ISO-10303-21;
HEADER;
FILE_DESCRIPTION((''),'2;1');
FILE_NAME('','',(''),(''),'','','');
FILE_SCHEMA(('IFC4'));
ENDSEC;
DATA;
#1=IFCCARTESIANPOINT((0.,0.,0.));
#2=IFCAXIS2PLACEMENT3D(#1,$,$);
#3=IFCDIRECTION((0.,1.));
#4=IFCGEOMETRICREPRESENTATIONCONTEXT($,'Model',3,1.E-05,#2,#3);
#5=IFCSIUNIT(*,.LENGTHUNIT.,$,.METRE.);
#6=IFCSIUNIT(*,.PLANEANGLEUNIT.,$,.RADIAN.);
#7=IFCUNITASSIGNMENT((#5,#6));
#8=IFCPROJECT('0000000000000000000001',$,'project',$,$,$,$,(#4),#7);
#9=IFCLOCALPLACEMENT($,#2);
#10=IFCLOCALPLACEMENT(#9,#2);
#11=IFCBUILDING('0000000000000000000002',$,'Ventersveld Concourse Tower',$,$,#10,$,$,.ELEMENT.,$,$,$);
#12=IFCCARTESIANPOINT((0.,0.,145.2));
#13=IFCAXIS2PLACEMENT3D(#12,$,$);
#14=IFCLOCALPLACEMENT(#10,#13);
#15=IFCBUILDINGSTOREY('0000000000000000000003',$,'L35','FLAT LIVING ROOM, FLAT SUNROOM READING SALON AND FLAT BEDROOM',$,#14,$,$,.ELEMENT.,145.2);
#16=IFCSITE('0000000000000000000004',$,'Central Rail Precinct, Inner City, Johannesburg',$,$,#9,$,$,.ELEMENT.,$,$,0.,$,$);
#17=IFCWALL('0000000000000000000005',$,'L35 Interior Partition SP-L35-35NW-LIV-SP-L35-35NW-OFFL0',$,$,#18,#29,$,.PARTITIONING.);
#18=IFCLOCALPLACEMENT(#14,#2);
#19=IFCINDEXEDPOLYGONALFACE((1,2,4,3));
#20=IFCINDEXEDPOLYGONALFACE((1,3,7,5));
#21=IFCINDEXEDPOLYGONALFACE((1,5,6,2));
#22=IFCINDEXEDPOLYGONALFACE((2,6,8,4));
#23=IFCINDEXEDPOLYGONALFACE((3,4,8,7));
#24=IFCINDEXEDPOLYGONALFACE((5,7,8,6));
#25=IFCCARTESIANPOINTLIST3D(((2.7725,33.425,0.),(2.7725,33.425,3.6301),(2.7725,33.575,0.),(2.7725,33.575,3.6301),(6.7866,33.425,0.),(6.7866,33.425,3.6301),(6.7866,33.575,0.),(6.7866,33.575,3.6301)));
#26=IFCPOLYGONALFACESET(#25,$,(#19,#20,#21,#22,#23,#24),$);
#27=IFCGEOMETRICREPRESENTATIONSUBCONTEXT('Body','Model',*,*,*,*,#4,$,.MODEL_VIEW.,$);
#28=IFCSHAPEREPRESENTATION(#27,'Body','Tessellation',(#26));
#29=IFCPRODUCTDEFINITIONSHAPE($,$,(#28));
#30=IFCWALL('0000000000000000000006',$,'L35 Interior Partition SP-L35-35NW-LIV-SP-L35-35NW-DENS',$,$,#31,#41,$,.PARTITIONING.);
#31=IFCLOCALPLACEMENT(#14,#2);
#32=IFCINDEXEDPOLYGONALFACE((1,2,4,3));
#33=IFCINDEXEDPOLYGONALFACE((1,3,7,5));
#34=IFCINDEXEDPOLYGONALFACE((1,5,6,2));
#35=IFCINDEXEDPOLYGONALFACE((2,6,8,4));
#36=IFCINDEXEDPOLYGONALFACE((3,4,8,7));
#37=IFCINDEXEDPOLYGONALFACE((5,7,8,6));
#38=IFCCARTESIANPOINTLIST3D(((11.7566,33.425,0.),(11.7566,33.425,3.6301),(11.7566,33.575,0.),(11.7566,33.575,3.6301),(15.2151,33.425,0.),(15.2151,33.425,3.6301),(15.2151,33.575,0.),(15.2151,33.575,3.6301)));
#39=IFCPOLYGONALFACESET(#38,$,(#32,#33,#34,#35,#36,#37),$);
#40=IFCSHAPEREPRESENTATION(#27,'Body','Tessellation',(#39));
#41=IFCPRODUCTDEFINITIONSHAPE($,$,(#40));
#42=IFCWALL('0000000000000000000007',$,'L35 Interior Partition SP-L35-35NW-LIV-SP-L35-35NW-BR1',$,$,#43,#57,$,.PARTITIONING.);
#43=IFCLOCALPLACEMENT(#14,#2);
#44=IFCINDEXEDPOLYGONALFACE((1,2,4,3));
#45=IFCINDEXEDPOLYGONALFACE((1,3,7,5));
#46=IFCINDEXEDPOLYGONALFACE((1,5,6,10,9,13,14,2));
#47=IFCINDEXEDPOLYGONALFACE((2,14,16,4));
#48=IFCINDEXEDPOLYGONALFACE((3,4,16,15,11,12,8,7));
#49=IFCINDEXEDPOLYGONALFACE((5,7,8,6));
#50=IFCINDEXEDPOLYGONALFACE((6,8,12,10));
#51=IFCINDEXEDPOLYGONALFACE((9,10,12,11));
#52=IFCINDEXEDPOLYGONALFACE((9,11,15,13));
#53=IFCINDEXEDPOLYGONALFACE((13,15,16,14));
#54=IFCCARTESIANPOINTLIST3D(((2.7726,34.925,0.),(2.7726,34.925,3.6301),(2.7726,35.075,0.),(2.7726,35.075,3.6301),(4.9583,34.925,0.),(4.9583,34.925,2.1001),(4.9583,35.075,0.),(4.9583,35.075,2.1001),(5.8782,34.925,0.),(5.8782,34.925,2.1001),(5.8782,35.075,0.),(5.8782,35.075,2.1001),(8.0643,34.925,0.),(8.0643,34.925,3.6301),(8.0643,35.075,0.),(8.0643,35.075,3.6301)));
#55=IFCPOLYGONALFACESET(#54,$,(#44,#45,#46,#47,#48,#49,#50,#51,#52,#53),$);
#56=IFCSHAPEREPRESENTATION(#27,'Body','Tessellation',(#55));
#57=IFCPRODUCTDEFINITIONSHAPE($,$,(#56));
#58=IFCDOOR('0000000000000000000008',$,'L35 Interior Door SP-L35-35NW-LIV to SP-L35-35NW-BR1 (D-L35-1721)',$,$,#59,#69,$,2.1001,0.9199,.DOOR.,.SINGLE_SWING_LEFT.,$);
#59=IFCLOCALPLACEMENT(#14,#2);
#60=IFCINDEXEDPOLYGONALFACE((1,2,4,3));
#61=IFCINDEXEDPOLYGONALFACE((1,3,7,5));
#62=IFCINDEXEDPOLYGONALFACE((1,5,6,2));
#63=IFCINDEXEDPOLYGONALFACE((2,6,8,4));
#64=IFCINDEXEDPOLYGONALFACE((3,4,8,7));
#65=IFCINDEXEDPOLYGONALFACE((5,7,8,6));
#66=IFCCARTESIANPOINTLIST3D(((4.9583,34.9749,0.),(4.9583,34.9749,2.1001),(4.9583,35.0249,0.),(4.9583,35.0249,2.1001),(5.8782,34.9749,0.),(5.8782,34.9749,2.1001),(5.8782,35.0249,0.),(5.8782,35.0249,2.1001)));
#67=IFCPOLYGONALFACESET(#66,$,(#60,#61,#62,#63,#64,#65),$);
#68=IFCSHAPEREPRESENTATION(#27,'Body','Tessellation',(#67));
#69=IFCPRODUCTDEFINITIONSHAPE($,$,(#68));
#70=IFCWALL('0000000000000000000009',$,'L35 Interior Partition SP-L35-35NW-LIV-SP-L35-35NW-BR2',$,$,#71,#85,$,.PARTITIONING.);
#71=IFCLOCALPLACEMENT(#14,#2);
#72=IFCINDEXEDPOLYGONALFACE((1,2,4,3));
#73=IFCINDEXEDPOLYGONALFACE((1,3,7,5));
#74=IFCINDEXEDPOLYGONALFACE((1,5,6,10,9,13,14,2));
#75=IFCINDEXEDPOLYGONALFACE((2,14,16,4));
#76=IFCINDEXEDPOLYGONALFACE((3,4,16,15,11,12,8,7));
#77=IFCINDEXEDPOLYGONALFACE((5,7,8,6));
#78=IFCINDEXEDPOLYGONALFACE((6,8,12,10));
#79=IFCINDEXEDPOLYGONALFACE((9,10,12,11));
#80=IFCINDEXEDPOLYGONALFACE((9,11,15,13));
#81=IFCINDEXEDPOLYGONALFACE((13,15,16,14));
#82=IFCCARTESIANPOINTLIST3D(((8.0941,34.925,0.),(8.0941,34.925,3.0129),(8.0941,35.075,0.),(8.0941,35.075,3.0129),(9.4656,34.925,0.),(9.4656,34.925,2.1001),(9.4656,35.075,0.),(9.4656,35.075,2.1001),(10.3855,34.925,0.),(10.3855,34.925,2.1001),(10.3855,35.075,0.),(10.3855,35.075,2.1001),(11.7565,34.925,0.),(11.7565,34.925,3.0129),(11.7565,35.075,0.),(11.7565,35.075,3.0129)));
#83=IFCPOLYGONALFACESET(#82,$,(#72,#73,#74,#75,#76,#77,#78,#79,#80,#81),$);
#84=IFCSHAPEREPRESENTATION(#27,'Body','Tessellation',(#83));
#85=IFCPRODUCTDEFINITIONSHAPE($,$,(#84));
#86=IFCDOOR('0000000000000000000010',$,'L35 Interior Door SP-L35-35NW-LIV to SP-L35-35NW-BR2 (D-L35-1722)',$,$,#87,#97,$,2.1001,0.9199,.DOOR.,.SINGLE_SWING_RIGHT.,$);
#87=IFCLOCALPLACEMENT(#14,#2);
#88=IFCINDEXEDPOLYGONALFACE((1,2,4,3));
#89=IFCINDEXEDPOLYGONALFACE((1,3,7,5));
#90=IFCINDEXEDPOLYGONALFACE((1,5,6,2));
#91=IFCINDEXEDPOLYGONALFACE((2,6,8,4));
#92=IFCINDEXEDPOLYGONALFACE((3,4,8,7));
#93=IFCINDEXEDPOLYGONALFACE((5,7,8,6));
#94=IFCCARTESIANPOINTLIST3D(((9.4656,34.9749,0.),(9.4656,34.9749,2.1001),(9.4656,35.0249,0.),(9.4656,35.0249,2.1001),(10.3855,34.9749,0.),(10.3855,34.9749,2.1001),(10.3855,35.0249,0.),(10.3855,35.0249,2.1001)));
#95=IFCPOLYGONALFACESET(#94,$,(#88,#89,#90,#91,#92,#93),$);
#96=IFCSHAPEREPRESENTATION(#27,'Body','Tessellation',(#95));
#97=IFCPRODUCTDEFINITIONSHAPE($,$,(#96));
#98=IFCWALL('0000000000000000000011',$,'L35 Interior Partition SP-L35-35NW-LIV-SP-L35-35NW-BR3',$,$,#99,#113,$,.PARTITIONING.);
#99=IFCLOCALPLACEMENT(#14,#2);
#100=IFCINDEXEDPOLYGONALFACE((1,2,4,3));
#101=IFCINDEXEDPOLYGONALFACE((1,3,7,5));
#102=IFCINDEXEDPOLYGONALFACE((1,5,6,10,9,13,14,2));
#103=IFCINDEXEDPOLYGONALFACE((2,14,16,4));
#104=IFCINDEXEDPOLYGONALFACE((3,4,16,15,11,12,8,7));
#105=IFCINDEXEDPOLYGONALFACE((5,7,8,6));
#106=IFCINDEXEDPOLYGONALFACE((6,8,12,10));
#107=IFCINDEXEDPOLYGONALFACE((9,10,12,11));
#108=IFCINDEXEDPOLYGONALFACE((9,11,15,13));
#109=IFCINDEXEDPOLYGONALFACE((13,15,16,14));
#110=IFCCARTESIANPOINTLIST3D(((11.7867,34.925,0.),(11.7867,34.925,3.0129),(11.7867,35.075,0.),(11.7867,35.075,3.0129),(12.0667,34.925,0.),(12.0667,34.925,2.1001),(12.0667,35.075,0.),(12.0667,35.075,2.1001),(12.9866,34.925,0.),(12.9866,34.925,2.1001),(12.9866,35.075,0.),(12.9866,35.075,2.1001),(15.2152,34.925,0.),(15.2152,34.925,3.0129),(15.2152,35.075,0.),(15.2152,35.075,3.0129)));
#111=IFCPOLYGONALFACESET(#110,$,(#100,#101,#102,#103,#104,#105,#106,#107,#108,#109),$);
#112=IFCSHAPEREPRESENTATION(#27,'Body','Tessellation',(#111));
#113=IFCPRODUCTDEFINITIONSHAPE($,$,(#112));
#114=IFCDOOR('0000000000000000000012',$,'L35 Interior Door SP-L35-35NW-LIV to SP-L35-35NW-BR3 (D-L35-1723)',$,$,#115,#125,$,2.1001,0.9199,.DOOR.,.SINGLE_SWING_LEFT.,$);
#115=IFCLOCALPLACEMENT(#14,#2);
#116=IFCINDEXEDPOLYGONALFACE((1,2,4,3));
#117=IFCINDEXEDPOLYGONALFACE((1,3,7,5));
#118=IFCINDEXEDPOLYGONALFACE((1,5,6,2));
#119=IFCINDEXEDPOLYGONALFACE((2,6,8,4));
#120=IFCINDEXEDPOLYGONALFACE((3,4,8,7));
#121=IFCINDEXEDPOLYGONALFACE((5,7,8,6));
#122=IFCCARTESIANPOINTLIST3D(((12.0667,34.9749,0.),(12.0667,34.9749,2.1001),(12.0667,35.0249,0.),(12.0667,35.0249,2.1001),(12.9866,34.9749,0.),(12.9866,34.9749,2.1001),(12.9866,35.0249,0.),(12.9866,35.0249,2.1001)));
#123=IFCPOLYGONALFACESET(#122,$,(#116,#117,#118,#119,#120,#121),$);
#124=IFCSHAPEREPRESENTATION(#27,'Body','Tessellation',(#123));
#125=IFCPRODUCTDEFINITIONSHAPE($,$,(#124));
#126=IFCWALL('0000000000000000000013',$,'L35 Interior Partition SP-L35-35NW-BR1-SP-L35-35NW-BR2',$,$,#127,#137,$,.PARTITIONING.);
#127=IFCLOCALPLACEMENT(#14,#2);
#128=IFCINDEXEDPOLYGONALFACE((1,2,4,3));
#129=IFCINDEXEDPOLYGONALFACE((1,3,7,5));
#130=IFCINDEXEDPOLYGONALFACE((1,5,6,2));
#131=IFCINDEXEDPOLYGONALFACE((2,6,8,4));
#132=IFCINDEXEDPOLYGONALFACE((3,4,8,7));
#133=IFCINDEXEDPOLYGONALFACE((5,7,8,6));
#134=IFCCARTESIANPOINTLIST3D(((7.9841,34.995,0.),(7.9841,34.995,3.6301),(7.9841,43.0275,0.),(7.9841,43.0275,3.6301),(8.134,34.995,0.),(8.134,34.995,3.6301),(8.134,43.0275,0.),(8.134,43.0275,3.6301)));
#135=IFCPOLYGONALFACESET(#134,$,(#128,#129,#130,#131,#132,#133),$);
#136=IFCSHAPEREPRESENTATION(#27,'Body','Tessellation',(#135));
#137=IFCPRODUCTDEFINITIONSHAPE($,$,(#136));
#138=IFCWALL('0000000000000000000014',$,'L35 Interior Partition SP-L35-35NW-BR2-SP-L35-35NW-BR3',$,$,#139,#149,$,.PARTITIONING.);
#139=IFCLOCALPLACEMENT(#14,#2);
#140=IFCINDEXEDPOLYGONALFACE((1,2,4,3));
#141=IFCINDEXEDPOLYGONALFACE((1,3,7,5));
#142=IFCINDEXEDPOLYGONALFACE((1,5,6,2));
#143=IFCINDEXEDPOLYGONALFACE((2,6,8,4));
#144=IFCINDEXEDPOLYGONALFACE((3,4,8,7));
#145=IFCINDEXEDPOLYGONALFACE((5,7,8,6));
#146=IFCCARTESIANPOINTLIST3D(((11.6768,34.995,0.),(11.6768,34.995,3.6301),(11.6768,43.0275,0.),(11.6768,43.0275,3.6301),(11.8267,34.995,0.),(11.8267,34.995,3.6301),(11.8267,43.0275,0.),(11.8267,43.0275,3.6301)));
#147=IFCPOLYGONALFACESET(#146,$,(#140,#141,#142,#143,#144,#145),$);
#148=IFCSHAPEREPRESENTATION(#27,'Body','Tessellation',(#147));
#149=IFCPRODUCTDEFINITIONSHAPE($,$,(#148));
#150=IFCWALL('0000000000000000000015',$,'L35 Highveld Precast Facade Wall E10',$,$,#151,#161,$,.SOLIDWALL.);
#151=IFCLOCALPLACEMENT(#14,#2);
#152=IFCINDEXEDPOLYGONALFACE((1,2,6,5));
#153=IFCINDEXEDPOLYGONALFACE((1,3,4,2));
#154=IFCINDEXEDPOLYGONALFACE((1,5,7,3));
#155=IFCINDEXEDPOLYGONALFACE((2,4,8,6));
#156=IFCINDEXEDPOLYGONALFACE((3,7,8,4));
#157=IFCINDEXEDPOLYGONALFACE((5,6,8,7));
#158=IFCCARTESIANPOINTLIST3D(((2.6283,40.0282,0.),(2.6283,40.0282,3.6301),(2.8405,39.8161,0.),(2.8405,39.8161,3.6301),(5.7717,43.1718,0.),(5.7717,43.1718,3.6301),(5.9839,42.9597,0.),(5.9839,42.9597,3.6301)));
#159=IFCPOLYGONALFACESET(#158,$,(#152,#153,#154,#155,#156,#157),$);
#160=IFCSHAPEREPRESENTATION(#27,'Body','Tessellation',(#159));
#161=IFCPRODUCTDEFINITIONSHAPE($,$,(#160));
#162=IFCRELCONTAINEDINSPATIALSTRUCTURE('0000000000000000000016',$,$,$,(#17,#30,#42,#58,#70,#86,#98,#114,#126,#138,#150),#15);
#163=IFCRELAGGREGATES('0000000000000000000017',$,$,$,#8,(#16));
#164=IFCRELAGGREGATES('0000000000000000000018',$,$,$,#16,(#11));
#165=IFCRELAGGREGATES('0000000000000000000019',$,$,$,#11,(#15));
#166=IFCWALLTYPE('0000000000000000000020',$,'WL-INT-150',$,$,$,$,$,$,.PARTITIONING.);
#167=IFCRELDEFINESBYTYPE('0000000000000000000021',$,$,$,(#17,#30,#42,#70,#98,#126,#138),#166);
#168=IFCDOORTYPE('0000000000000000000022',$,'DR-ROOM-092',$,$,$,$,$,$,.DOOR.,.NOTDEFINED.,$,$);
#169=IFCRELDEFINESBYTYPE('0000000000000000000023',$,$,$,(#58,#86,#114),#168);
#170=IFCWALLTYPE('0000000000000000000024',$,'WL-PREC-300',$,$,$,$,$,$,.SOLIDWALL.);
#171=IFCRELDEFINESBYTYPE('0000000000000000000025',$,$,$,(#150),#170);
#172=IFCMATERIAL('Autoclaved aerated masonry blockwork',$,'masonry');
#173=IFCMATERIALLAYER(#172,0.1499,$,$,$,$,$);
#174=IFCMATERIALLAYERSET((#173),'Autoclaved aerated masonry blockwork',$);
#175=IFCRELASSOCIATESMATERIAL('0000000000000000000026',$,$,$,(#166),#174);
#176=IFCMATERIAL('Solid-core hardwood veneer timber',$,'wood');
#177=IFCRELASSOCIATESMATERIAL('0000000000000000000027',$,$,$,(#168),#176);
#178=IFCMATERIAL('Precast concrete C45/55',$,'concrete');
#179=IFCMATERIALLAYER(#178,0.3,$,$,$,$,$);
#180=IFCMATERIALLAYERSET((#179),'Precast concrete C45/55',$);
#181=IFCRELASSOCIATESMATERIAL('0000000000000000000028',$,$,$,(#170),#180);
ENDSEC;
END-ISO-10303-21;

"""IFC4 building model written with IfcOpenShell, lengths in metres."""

from ifc_helpers import new_model, si_unit, direction, frame, frame_2d, origin, place, context, subcontext, project, spatial, rectangle, extrude, material, layer, layer_set, type_object, element, fill, save


model = new_model("IFC4")

# Units and contexts
model_context = context("Model", 3, precision=1e-05, world=origin(), true_north=direction((0.0, 1.0)))
body_context = subcontext(model_context, "Body", "Model", "MODEL_VIEW")
ifc_project = project(units=[si_unit("LENGTHUNIT", "METRE"), si_unit("PLANEANGLEUNIT", "RADIAN")], contexts=[model_context])

# Site, building, storey
site_placement = place(None, origin())
site = spatial("IfcSite", under=ifc_project, at=site_placement, Name="Central Rail Precinct, Inner City, Johannesburg", CompositionType="ELEMENT", RefElevation=0.0)
building_placement = place(site_placement, origin())
building = spatial("IfcBuilding", under=site, at=building_placement, Name="Ventersveld Concourse Tower", CompositionType="ELEMENT")
storey_placement = place(building_placement, frame((0.0, 0.0, 145.2)))
storey = spatial("IfcBuildingStorey", under=building, at=storey_placement, Name="L35", Description="FLAT LIVING ROOM, FLAT SUNROOM READING SALON AND FLAT BEDROOM", CompositionType="ELEMENT", Elevation=145.2)

# Walls
ifc_material_1 = material(Name="Autoclaved aerated masonry blockwork", Category="masonry")
ifc_layer_1 = layer(ifc_material_1, 0.1499)
ifc_layer_set_1 = layer_set([ifc_layer_1], Name="Autoclaved aerated masonry blockwork")
wall_type_1 = type_object("IfcWallType", Name="WL-INT-150", PredefinedType="PARTITIONING", material=ifc_layer_set_1)
wall_1_placement = place(storey_placement, frame((2.7725, 33.5, 0.0), z_axis=(0.0, 0.0, 1.0), x_axis=(1.0, 0.0, 0.0)))
element("IfcWall", 1, at=wall_1_placement, inside=storey, type_object=wall_type_1, Name="L35 Interior Partition SP-L35-35NW-LIV-SP-L35-35NW-OFFL0", PredefinedType="PARTITIONING", context=body_context, shape_type="SweptSolid", body=[
    extrude(rectangle(XDim=4.0142, YDim=0.1499, at=frame_2d((2.0071, 0.0))), origin(), (0.0, 0.0, 1.0), 3.6301),
])
wall_2_placement = place(storey_placement, frame((11.7566, 33.5, 0.0), z_axis=(0.0, 0.0, 1.0), x_axis=(1.0, 0.0, 0.0)))
element("IfcWall", 2, at=wall_2_placement, inside=storey, type_object=wall_type_1, Name="L35 Interior Partition SP-L35-35NW-LIV-SP-L35-35NW-DENS", PredefinedType="PARTITIONING", context=body_context, shape_type="SweptSolid", body=[
    extrude(rectangle(XDim=3.4585, YDim=0.1499, at=frame_2d((1.7292, 0.0))), origin(), (0.0, 0.0, 1.0), 3.6301),
])

# Walls, openings, doors
wall_3_placement = place(storey_placement, frame((2.7725, 35.0, 0.0), z_axis=(0.0, 0.0, 1.0), x_axis=(1.0, 0.0, 0.0)))
wall_3 = element("IfcWall", 3, at=wall_3_placement, inside=storey, type_object=wall_type_1, Name="L35 Interior Partition SP-L35-35NW-LIV-SP-L35-35NW-BR1", PredefinedType="PARTITIONING", context=body_context, shape_type="SweptSolid", body=[
    extrude(rectangle(XDim=5.2917, YDim=0.1499, at=frame_2d((2.646, 0.0))), origin(), (0.0, 0.0, 1.0), 3.6301),
])
opening_1_placement = place(wall_3_placement, frame((2.1858, 0.0, 0.0)))
opening_1 = element("IfcOpeningElement", 4, at=opening_1_placement, cuts=wall_3, PredefinedType="OPENING", context=body_context, shape_type="SweptSolid", body=[
    extrude(rectangle(XDim=0.9199, YDim=2.1001, at=frame_2d((0.46, 1.05))), frame((0.0, 0.085, 0.0), z_axis=(0.0, -1.0, 0.0), x_axis=(1.0, 0.0, 0.0)), (0.0, 0.0, 1.0), 0.1699),
])
ifc_material_2 = material(Name="Solid-core hardwood veneer timber", Category="wood")
door_type = type_object("IfcDoorType", Name="DR-ROOM-092", OperationType="NOTDEFINED", PredefinedType="DOOR", material=ifc_material_2)
door_1_placement = place(opening_1_placement, origin())
door_1 = element("IfcDoor", 5, at=door_1_placement, inside=storey, type_object=door_type, Name="L35 Interior Door SP-L35-35NW-LIV to SP-L35-35NW-BR1 (D-L35-1721)", OperationType="SINGLE_SWING_LEFT", OverallHeight=2.1001, OverallWidth=0.9199, PredefinedType="DOOR", context=body_context, shape_type="SweptSolid", body=[
    extrude(rectangle(XDim=0.9199, YDim=2.1001, at=frame_2d((0.46, 1.05))), frame((0.0, 0.0249, 0.0), z_axis=(0.0, -1.0, 0.0), x_axis=(1.0, 0.0, 0.0)), (0.0, 0.0, 1.0), 0.05),
])
fill(opening_1, door_1)
wall_4_placement = place(storey_placement, frame((8.0942, 35.0, 0.0), z_axis=(0.0, 0.0, 1.0), x_axis=(1.0, 0.0, 0.0)))
wall_4 = element("IfcWall", 6, at=wall_4_placement, inside=storey, type_object=wall_type_1, Name="L35 Interior Partition SP-L35-35NW-LIV-SP-L35-35NW-BR2", PredefinedType="PARTITIONING", context=body_context, shape_type="SweptSolid", body=[
    extrude(rectangle(XDim=3.6624, YDim=0.1499, at=frame_2d((1.8311, 0.0))), origin(), (0.0, 0.0, 1.0), 3.0129),
])
opening_2_placement = place(wall_4_placement, frame((1.3713, 0.0, 0.0)))
opening_2 = element("IfcOpeningElement", 7, at=opening_2_placement, cuts=wall_4, PredefinedType="OPENING", context=body_context, shape_type="SweptSolid", body=[
    extrude(rectangle(XDim=0.9199, YDim=2.1001, at=frame_2d((0.46, 1.05))), frame((0.0, 0.085, 0.0), z_axis=(0.0, -1.0, 0.0), x_axis=(1.0, 0.0, 0.0)), (0.0, 0.0, 1.0), 0.1699),
])
door_2_placement = place(opening_2_placement, origin())
door_2 = element("IfcDoor", 8, at=door_2_placement, inside=storey, type_object=door_type, Name="L35 Interior Door SP-L35-35NW-LIV to SP-L35-35NW-BR2 (D-L35-1722)", OperationType="SINGLE_SWING_RIGHT", OverallHeight=2.1001, OverallWidth=0.9199, PredefinedType="DOOR", context=body_context, shape_type="SweptSolid", body=[
    extrude(rectangle(XDim=0.9199, YDim=2.1001, at=frame_2d((0.46, 1.05))), frame((0.0, 0.0249, 0.0), z_axis=(0.0, -1.0, 0.0), x_axis=(1.0, 0.0, 0.0)), (0.0, 0.0, 1.0), 0.05),
])
fill(opening_2, door_2)
wall_5_placement = place(storey_placement, frame((11.7866, 35.0, 0.0), z_axis=(0.0, 0.0, 1.0), x_axis=(1.0, 0.0, 0.0)))
wall_5 = element("IfcWall", 9, at=wall_5_placement, inside=storey, type_object=wall_type_1, Name="L35 Interior Partition SP-L35-35NW-LIV-SP-L35-35NW-BR3", PredefinedType="PARTITIONING", context=body_context, shape_type="SweptSolid", body=[
    extrude(rectangle(XDim=3.4285, YDim=0.1499, at=frame_2d((1.7144, 0.0))), origin(), (0.0, 0.0, 1.0), 3.0129),
])
opening_3_placement = place(wall_5_placement, frame((0.28, 0.0, 0.0)))
opening_3 = element("IfcOpeningElement", 10, at=opening_3_placement, cuts=wall_5, PredefinedType="OPENING", context=body_context, shape_type="SweptSolid", body=[
    extrude(rectangle(XDim=0.9199, YDim=2.1001, at=frame_2d((0.46, 1.05))), frame((0.0, 0.085, 0.0), z_axis=(0.0, -1.0, 0.0), x_axis=(1.0, 0.0, 0.0)), (0.0, 0.0, 1.0), 0.1699),
])
door_3_placement = place(opening_3_placement, origin())
door_3 = element("IfcDoor", 11, at=door_3_placement, inside=storey, type_object=door_type, Name="L35 Interior Door SP-L35-35NW-LIV to SP-L35-35NW-BR3 (D-L35-1723)", OperationType="SINGLE_SWING_LEFT", OverallHeight=2.1001, OverallWidth=0.9199, PredefinedType="DOOR", context=body_context, shape_type="SweptSolid", body=[
    extrude(rectangle(XDim=0.9199, YDim=2.1001, at=frame_2d((0.46, 1.05))), frame((0.0, 0.0249, 0.0), z_axis=(0.0, -1.0, 0.0), x_axis=(1.0, 0.0, 0.0)), (0.0, 0.0, 1.0), 0.05),
])
fill(opening_3, door_3)

# Walls
for number, where, z_axis, x_axis, name in (
    (12, (8.0591, 34.9951, 0.0), (0.0, 0.0, 1.0), (0.0, 1.0, 0.0), "L35 Interior Partition SP-L35-35NW-BR1-SP-L35-35NW-BR2"),
    (13, (11.7517, 34.9951, 0.0), (0.0, 0.0, 1.0), (0.0, 1.0, 0.0), "L35 Interior Partition SP-L35-35NW-BR2-SP-L35-35NW-BR3"),
):
    element("IfcWall", number, at=place(storey_placement, frame(where, z_axis=z_axis, x_axis=x_axis)), inside=storey, type_object=wall_type_1, Name=name, PredefinedType="PARTITIONING", context=body_context, shape_type="SweptSolid", body=[
        extrude(rectangle(XDim=8.0325, YDim=0.1499, at=frame_2d((4.0161, 0.0))), origin(), (0.0, 0.0, 1.0), 3.6301),
    ])
ifc_material_3 = material(Name="Precast concrete C45/55", Category="concrete")
ifc_layer_2 = layer(ifc_material_3, 0.3)
ifc_layer_set_2 = layer_set([ifc_layer_2], Name="Precast concrete C45/55")
wall_type_2 = type_object("IfcWallType", Name="WL-PREC-300", PredefinedType="SOLIDWALL", material=ifc_layer_set_2)
wall_6_placement = place(storey_placement, frame((5.8777, 43.0657, 0.0), z_axis=(0.0, 0.0, 1.0), x_axis=(-0.707079, -0.707134, 0.0)))
element("IfcWall", 14, at=wall_6_placement, inside=storey, type_object=wall_type_2, Name="L35 Highveld Precast Facade Wall E10", PredefinedType="SOLIDWALL", context=body_context, shape_type="SweptSolid", body=[
    extrude(rectangle(XDim=4.4456, YDim=0.3, at=frame_2d((2.2227, 0.0))), origin(), (0.0, 0.0, 1.0), 3.6301),
])

save(model, "model.ifc")
